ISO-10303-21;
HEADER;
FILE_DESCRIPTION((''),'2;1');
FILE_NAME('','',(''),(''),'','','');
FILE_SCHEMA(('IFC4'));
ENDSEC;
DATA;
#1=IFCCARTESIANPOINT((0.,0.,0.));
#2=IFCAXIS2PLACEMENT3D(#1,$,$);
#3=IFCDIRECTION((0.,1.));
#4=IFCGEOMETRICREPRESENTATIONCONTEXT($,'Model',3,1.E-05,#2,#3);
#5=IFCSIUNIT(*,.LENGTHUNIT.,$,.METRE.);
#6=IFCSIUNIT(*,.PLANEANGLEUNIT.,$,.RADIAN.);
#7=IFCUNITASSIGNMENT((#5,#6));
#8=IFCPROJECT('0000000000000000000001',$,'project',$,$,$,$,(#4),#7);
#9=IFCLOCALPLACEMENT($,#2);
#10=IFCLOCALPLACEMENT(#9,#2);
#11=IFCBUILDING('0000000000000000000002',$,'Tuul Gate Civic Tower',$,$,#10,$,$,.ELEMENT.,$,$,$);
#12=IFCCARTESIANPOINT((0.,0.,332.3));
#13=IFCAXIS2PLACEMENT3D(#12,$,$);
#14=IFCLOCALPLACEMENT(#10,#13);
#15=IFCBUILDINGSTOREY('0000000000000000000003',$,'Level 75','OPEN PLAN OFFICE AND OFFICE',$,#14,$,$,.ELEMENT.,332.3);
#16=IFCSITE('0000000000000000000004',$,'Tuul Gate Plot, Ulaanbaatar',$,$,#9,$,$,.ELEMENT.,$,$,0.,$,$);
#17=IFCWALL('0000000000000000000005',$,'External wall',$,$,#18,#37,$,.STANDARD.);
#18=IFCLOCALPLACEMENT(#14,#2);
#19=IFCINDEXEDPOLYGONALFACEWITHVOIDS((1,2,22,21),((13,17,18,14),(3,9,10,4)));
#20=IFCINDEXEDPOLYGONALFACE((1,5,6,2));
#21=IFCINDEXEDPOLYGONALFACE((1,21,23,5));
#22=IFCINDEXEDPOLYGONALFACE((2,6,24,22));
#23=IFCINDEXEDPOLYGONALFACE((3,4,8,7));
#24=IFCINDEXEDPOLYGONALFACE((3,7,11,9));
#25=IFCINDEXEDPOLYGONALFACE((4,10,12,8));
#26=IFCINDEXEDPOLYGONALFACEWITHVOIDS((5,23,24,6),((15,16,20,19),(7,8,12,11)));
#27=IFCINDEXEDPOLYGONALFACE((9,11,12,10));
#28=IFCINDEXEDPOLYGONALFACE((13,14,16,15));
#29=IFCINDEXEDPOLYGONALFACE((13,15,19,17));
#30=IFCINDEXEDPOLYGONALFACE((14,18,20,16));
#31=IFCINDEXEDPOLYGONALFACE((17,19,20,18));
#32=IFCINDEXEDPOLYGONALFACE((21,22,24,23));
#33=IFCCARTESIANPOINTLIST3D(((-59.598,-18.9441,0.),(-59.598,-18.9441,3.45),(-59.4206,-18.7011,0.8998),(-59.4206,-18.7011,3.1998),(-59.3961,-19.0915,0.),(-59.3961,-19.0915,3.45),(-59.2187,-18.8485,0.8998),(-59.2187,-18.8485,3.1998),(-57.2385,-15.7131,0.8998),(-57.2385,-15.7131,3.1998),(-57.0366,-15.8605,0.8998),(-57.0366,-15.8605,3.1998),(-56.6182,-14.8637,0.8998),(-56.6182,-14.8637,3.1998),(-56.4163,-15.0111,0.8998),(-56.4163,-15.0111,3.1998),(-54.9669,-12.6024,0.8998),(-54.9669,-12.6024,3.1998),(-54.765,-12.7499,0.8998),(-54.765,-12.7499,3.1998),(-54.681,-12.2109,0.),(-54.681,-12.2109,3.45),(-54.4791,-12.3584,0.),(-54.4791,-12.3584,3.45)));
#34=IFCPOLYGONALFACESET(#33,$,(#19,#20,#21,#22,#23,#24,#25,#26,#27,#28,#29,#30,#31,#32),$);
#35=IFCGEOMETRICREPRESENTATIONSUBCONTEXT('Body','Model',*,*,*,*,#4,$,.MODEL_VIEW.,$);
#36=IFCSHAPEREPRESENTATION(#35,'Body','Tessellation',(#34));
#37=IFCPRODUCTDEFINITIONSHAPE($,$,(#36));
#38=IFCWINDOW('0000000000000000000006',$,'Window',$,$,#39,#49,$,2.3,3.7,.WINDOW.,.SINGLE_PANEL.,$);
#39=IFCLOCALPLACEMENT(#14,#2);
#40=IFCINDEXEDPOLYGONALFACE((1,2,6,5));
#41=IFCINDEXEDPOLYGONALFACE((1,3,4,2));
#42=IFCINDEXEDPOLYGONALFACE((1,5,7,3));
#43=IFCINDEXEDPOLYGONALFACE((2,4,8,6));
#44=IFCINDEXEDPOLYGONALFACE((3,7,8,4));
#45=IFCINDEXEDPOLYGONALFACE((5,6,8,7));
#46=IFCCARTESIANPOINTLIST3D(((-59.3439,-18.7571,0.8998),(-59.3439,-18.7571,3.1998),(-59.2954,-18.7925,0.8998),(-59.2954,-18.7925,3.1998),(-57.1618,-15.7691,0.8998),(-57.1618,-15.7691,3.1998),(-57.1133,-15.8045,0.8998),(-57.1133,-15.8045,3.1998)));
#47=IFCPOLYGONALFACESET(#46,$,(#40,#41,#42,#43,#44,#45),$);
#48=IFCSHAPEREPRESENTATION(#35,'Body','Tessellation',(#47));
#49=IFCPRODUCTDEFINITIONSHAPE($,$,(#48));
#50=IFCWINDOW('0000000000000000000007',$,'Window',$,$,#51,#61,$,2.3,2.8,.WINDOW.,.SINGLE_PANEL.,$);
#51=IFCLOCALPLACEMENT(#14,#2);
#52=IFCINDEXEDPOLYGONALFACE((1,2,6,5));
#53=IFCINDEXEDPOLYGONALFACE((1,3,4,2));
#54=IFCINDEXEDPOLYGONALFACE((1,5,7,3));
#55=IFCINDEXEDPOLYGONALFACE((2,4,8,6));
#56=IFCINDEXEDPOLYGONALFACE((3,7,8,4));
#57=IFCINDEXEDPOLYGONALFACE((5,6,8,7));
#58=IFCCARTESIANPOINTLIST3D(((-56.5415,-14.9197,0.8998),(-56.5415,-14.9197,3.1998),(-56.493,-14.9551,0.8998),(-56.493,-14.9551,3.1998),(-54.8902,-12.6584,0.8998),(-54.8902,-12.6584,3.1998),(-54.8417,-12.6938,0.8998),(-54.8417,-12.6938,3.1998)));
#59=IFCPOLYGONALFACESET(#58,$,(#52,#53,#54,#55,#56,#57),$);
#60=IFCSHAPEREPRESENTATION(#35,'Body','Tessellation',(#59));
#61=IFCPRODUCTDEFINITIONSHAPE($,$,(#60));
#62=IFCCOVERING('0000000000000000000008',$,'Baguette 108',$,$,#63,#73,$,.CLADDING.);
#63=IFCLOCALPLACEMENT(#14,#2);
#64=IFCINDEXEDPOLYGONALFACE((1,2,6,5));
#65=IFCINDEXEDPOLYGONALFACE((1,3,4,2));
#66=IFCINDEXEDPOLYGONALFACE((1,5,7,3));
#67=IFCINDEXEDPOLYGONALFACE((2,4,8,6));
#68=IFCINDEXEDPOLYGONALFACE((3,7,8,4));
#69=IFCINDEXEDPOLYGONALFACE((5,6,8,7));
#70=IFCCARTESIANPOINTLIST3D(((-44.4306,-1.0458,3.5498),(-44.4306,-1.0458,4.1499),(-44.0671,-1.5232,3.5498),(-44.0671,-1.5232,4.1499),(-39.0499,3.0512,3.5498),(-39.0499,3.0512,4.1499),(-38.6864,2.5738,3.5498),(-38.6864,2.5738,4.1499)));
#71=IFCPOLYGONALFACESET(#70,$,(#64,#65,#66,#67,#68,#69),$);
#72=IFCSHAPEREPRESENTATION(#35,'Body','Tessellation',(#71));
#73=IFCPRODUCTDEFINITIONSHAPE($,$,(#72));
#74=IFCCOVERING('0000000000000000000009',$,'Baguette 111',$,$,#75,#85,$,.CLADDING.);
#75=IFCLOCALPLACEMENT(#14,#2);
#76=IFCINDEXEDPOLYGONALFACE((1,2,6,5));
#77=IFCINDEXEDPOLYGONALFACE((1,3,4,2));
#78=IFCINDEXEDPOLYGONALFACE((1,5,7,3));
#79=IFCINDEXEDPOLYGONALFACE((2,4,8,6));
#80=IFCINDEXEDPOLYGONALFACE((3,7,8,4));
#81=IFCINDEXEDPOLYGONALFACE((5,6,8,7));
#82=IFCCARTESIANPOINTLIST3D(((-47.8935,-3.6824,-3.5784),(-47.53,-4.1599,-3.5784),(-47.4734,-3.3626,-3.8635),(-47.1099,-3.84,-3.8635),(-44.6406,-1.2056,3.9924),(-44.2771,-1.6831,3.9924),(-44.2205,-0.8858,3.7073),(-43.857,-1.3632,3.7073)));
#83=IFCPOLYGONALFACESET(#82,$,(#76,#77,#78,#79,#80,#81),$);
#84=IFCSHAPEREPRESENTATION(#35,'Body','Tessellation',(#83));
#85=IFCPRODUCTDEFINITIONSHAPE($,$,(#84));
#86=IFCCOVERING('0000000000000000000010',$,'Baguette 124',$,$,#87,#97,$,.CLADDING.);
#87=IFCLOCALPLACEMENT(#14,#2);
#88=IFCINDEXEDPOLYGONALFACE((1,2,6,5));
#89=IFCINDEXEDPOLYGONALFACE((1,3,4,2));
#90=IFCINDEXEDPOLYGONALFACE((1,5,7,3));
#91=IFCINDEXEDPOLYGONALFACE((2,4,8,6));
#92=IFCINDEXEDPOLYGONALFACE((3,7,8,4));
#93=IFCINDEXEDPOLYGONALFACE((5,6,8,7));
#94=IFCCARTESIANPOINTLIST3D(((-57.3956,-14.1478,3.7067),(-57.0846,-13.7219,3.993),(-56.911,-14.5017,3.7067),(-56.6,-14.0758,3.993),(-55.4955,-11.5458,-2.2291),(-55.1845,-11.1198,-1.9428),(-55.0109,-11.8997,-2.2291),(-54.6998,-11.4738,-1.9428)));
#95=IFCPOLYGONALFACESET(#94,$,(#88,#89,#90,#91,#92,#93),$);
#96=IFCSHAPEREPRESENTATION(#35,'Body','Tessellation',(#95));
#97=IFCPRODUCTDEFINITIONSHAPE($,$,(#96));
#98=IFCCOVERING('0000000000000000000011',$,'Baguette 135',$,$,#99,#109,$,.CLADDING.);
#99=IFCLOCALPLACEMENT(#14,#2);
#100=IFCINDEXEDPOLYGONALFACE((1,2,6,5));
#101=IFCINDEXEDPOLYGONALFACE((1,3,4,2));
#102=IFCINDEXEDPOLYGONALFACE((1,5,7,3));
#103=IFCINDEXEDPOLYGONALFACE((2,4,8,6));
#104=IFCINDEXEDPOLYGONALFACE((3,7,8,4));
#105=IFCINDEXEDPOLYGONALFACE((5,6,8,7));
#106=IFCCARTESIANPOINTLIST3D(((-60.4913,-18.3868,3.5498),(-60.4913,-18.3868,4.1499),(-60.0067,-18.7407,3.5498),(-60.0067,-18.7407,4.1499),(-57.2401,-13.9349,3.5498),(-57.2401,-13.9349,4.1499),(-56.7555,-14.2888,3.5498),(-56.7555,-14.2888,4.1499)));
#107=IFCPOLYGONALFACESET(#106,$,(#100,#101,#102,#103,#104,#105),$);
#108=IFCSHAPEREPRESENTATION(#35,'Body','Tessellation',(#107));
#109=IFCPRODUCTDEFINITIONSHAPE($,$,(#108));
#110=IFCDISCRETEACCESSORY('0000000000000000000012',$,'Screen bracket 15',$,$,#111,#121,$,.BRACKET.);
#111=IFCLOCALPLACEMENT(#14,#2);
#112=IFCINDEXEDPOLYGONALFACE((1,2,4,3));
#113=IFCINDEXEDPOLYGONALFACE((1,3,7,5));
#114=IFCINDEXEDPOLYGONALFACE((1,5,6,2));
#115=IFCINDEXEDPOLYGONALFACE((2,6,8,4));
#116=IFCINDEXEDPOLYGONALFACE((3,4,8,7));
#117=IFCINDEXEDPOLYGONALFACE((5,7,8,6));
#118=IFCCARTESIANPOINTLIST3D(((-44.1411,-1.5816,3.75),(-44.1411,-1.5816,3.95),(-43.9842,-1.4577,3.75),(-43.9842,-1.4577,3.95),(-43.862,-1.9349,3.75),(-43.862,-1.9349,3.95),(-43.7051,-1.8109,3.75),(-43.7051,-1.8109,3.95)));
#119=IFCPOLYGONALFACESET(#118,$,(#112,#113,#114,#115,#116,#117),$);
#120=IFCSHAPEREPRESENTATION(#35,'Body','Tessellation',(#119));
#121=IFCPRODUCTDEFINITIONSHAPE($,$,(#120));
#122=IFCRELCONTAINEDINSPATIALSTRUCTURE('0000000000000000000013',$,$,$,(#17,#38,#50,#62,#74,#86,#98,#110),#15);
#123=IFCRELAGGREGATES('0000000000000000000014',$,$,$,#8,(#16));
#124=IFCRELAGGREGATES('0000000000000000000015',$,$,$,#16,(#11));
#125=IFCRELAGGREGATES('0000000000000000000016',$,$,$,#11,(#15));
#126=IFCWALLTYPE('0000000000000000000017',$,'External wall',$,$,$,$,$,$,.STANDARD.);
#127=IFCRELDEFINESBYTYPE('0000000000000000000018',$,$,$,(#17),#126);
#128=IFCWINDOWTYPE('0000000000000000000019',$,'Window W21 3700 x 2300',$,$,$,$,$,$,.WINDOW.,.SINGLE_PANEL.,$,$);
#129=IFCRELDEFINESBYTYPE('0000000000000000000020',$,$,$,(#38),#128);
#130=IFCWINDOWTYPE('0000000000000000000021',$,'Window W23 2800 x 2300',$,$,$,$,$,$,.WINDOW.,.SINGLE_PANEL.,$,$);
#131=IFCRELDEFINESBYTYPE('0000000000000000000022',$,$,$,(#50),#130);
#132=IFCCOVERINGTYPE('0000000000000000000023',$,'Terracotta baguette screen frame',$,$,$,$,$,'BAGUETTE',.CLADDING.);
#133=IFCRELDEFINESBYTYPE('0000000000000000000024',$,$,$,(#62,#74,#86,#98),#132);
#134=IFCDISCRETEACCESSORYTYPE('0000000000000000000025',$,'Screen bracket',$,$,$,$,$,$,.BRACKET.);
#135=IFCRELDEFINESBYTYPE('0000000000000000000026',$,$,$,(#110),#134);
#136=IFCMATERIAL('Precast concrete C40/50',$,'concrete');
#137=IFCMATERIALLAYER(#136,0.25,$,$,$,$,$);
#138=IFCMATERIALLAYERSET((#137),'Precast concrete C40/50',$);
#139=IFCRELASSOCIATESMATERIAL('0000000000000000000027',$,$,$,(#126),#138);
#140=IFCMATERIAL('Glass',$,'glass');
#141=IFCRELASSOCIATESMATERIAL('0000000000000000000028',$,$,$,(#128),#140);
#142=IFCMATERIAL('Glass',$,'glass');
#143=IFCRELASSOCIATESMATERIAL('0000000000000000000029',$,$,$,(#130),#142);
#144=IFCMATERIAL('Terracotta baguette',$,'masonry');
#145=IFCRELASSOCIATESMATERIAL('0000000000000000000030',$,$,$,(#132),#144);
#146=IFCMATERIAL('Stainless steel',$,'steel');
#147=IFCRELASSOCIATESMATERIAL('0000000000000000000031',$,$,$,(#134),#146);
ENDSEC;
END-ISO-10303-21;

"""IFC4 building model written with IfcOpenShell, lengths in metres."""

from ifc_helpers import new_model, si_unit, direction, frame, frame_2d, origin, origin_2d, place, context, subcontext, project, spatial, rectangle, extrude, material, layer, layer_set, material_profile, profile_set, type_object, element, fill, save


model = new_model("IFC4")

# Units and contexts
model_context = context("Model", 3, precision=1e-05, world=origin(), true_north=direction((0.0, 1.0)))
body_context = subcontext(model_context, "Body", "Model", "MODEL_VIEW")
ifc_project = project(units=[si_unit("LENGTHUNIT", "METRE"), si_unit("PLANEANGLEUNIT", "RADIAN")], contexts=[model_context])

# Site, building, storey
site_placement = place(None, origin())
site = spatial("IfcSite", under=ifc_project, at=site_placement, Name="Tuul Gate Plot, Ulaanbaatar", CompositionType="ELEMENT", RefElevation=0.0)
building_placement = place(site_placement, origin())
building = spatial("IfcBuilding", under=site, at=building_placement, Name="Tuul Gate Civic Tower", CompositionType="ELEMENT")
storey_placement = place(building_placement, frame((0.0, 0.0, 332.3)))
storey = spatial("IfcBuildingStorey", under=building, at=storey_placement, Name="Level 75", Description="OPEN PLAN OFFICE AND OFFICE", CompositionType="ELEMENT", Elevation=332.3)

# Wall, openings, windows
ifc_material_1 = material(Name="Precast concrete C40/50", Category="concrete")
ifc_layer_1 = layer(ifc_material_1, 0.25)
ifc_layer_set_1 = layer_set([ifc_layer_1], Name="Precast concrete C40/50")
wall_type_1 = type_object("IfcWallType", Name="External wall", PredefinedType="STANDARD", material=ifc_layer_set_1)
wall_1_placement = place(storey_placement, frame((-54.5801, -12.2847, 0.0), z_axis=(0.0, 0.0, 1.0), x_axis=(-0.589752, -0.807585, 0.0)))
wall_1 = element("IfcWall", 1, at=wall_1_placement, inside=storey, type_object=wall_type_1, Name="External wall", PredefinedType="STANDARD", context=body_context, shape_type="SweptSolid", body=[
    extrude(rectangle(XDim=8.3374, YDim=0.25, at=frame_2d((4.1687, 0.0))), origin(), (0.0, 0.0, 1.0), 3.45),
])
opening_1_placement = place(wall_1_placement, frame((0.4849, 0.0, 0.8999)))
opening_1 = element("IfcOpeningElement", 2, at=opening_1_placement, cuts=wall_1, PredefinedType="OPENING", context=body_context, shape_type="SweptSolid", body=[
    extrude(rectangle(XDim=2.8, YDim=2.3, at=frame_2d((1.3999, 1.1499))), frame((0.0, 0.135, 0.0), z_axis=(0.0, -1.0, 0.0), x_axis=(1.0, 0.0, 0.0)), (0.0, 0.0, 1.0), 0.27),
])
opening_2_placement = place(wall_1_placement, frame((4.3364, 0.0, 0.8999)))
opening_2 = element("IfcOpeningElement", 3, at=opening_2_placement, cuts=wall_1, PredefinedType="OPENING", context=body_context, shape_type="SweptSolid", body=[
    extrude(rectangle(XDim=3.7, YDim=2.3, at=frame_2d((1.8501, 1.1499))), frame((0.0, 0.135, 0.0), z_axis=(0.0, -1.0, 0.0), x_axis=(1.0, 0.0, 0.0)), (0.0, 0.0, 1.0), 0.27),
])
ifc_material_2 = material(Name="Glass", Category="glass")
window_type_1 = type_object("IfcWindowType", Name="Window W21 3700 x 2300", PartitioningType="SINGLE_PANEL", PredefinedType="WINDOW", material=ifc_material_2)
window_1_placement = place(opening_2_placement, origin())
window_1 = element("IfcWindow", 4, at=window_1_placement, inside=storey, type_object=window_type_1, Name="Window", OverallHeight=2.3, OverallWidth=3.7, PartitioningType="SINGLE_PANEL", PredefinedType="WINDOW", context=body_context, shape_type="SweptSolid", body=[
    extrude(rectangle(XDim=3.7, YDim=2.3, at=frame_2d((1.8501, 1.1499))), frame((0.0, 0.03, 0.0), z_axis=(0.0, -1.0, 0.0), x_axis=(1.0, 0.0, 0.0)), (0.0, 0.0, 1.0), 0.0601),
])
fill(opening_2, window_1)
ifc_material_3 = material(Name="Glass", Category="glass")
window_type_2 = type_object("IfcWindowType", Name="Window W23 2800 x 2300", PartitioningType="SINGLE_PANEL", PredefinedType="WINDOW", material=ifc_material_3)
window_2_placement = place(opening_1_placement, origin())
window_2 = element("IfcWindow", 5, at=window_2_placement, inside=storey, type_object=window_type_2, Name="Window", OverallHeight=2.3, OverallWidth=2.8, PartitioningType="SINGLE_PANEL", PredefinedType="WINDOW", context=body_context, shape_type="SweptSolid", body=[
    extrude(rectangle(XDim=2.8, YDim=2.3, at=frame_2d((1.3999, 1.1499))), frame((0.0, 0.03, 0.0), z_axis=(0.0, -1.0, 0.0), x_axis=(1.0, 0.0, 0.0)), (0.0, 0.0, 1.0), 0.0601),
])
fill(opening_1, window_2)

# Coverings
ifc_material_4 = material(Name="Terracotta baguette", Category="masonry")
ifc_material_profile_1 = material_profile(ifc_material_4, rectangle(XDim=0.6001, YDim=0.6001, at=origin_2d()), Name="Terracotta baguette screen frame")
ifc_profile_set_1 = profile_set([ifc_material_profile_1], Name="Terracotta baguette")
covering_type = type_object("IfcCoveringType", Name="Terracotta baguette screen frame", ElementType="BAGUETTE", PredefinedType="CLADDING", material=ifc_profile_set_1)
covering_1_placement = place(storey_placement, frame((-38.8682, 2.8125, 3.8499), z_axis=(-0.795616, -0.605801, 0.0), x_axis=(0.605801, -0.795616, 0.0)))
element("IfcCovering", 6, at=covering_1_placement, inside=storey, type_object=covering_type, Name="Baguette 108", PredefinedType="CLADDING", context=body_context, shape_type="SweptSolid", body=[
    extrude(rectangle(XDim=0.6001, YDim=0.6001, at=origin_2d()), origin(), (0.0, 0.0, 1.0), 6.7629),
])
covering_2_placement = place(storey_placement, frame((-44.2488, -1.2844, 3.8499), z_axis=(-0.378061, -0.287858, -0.879891), x_axis=(0.605793, -0.795622, 0.0)))
element("IfcCovering", 7, at=covering_2_placement, inside=storey, type_object=covering_type, Name="Baguette 111", PredefinedType="CLADDING", context=body_context, shape_type="SweptSolid", body=[
    extrude(rectangle(XDim=0.6001, YDim=0.6001, at=origin_2d()), origin(), (0.0, 0.0, 1.0), 8.6042),
])
covering_3_placement = place(storey_placement, frame((-55.0977, -11.5098, -2.0859), z_axis=(-0.281342, -0.385268, 0.878872), x_axis=(0.807591, -0.589743, 0.0)))
element("IfcCovering", 8, at=covering_3_placement, inside=storey, type_object=covering_type, Name="Baguette 124", PredefinedType="CLADDING", context=body_context, shape_type="SweptSolid", body=[
    extrude(rectangle(XDim=0.6001, YDim=0.6001, at=origin_2d()), origin(), (0.0, 0.0, 1.0), 6.7539),
])
covering_4_placement = place(storey_placement, frame((-56.9978, -14.1118, 3.8499), z_axis=(-0.589769, -0.807572, 0.0), x_axis=(0.807572, -0.589769, 0.0)))
element("IfcCovering", 9, at=covering_4_placement, inside=storey, type_object=covering_type, Name="Baguette 135", PredefinedType="CLADDING", context=body_context, shape_type="SweptSolid", body=[
    extrude(rectangle(XDim=0.6001, YDim=0.6001, at=origin_2d()), origin(), (0.0, 0.0, 1.0), 5.5127),
])

# Discrete accessory
ifc_material_5 = material(Name="Stainless steel", Category="steel")
discrete_accessory_type = type_object("IfcDiscreteAccessoryType", Name="Screen bracket", PredefinedType="BRACKET", material=ifc_material_5)
discrete_accessory_placement = place(storey_placement, frame((-43.9231, -1.6963, 3.75), z_axis=(0.0, 0.0, 1.0), x_axis=(-0.619891, 0.784688, 0.0)))
element("IfcDiscreteAccessory", 10, at=discrete_accessory_placement, inside=storey, type_object=discrete_accessory_type, Name="Screen bracket 15", PredefinedType="BRACKET", context=body_context, shape_type="SweptSolid", body=[
    extrude(rectangle(XDim=0.4502, YDim=0.2, at=origin_2d()), origin(), (0.0, 0.0, 1.0), 0.2),
])

save(model, "model.ifc")
